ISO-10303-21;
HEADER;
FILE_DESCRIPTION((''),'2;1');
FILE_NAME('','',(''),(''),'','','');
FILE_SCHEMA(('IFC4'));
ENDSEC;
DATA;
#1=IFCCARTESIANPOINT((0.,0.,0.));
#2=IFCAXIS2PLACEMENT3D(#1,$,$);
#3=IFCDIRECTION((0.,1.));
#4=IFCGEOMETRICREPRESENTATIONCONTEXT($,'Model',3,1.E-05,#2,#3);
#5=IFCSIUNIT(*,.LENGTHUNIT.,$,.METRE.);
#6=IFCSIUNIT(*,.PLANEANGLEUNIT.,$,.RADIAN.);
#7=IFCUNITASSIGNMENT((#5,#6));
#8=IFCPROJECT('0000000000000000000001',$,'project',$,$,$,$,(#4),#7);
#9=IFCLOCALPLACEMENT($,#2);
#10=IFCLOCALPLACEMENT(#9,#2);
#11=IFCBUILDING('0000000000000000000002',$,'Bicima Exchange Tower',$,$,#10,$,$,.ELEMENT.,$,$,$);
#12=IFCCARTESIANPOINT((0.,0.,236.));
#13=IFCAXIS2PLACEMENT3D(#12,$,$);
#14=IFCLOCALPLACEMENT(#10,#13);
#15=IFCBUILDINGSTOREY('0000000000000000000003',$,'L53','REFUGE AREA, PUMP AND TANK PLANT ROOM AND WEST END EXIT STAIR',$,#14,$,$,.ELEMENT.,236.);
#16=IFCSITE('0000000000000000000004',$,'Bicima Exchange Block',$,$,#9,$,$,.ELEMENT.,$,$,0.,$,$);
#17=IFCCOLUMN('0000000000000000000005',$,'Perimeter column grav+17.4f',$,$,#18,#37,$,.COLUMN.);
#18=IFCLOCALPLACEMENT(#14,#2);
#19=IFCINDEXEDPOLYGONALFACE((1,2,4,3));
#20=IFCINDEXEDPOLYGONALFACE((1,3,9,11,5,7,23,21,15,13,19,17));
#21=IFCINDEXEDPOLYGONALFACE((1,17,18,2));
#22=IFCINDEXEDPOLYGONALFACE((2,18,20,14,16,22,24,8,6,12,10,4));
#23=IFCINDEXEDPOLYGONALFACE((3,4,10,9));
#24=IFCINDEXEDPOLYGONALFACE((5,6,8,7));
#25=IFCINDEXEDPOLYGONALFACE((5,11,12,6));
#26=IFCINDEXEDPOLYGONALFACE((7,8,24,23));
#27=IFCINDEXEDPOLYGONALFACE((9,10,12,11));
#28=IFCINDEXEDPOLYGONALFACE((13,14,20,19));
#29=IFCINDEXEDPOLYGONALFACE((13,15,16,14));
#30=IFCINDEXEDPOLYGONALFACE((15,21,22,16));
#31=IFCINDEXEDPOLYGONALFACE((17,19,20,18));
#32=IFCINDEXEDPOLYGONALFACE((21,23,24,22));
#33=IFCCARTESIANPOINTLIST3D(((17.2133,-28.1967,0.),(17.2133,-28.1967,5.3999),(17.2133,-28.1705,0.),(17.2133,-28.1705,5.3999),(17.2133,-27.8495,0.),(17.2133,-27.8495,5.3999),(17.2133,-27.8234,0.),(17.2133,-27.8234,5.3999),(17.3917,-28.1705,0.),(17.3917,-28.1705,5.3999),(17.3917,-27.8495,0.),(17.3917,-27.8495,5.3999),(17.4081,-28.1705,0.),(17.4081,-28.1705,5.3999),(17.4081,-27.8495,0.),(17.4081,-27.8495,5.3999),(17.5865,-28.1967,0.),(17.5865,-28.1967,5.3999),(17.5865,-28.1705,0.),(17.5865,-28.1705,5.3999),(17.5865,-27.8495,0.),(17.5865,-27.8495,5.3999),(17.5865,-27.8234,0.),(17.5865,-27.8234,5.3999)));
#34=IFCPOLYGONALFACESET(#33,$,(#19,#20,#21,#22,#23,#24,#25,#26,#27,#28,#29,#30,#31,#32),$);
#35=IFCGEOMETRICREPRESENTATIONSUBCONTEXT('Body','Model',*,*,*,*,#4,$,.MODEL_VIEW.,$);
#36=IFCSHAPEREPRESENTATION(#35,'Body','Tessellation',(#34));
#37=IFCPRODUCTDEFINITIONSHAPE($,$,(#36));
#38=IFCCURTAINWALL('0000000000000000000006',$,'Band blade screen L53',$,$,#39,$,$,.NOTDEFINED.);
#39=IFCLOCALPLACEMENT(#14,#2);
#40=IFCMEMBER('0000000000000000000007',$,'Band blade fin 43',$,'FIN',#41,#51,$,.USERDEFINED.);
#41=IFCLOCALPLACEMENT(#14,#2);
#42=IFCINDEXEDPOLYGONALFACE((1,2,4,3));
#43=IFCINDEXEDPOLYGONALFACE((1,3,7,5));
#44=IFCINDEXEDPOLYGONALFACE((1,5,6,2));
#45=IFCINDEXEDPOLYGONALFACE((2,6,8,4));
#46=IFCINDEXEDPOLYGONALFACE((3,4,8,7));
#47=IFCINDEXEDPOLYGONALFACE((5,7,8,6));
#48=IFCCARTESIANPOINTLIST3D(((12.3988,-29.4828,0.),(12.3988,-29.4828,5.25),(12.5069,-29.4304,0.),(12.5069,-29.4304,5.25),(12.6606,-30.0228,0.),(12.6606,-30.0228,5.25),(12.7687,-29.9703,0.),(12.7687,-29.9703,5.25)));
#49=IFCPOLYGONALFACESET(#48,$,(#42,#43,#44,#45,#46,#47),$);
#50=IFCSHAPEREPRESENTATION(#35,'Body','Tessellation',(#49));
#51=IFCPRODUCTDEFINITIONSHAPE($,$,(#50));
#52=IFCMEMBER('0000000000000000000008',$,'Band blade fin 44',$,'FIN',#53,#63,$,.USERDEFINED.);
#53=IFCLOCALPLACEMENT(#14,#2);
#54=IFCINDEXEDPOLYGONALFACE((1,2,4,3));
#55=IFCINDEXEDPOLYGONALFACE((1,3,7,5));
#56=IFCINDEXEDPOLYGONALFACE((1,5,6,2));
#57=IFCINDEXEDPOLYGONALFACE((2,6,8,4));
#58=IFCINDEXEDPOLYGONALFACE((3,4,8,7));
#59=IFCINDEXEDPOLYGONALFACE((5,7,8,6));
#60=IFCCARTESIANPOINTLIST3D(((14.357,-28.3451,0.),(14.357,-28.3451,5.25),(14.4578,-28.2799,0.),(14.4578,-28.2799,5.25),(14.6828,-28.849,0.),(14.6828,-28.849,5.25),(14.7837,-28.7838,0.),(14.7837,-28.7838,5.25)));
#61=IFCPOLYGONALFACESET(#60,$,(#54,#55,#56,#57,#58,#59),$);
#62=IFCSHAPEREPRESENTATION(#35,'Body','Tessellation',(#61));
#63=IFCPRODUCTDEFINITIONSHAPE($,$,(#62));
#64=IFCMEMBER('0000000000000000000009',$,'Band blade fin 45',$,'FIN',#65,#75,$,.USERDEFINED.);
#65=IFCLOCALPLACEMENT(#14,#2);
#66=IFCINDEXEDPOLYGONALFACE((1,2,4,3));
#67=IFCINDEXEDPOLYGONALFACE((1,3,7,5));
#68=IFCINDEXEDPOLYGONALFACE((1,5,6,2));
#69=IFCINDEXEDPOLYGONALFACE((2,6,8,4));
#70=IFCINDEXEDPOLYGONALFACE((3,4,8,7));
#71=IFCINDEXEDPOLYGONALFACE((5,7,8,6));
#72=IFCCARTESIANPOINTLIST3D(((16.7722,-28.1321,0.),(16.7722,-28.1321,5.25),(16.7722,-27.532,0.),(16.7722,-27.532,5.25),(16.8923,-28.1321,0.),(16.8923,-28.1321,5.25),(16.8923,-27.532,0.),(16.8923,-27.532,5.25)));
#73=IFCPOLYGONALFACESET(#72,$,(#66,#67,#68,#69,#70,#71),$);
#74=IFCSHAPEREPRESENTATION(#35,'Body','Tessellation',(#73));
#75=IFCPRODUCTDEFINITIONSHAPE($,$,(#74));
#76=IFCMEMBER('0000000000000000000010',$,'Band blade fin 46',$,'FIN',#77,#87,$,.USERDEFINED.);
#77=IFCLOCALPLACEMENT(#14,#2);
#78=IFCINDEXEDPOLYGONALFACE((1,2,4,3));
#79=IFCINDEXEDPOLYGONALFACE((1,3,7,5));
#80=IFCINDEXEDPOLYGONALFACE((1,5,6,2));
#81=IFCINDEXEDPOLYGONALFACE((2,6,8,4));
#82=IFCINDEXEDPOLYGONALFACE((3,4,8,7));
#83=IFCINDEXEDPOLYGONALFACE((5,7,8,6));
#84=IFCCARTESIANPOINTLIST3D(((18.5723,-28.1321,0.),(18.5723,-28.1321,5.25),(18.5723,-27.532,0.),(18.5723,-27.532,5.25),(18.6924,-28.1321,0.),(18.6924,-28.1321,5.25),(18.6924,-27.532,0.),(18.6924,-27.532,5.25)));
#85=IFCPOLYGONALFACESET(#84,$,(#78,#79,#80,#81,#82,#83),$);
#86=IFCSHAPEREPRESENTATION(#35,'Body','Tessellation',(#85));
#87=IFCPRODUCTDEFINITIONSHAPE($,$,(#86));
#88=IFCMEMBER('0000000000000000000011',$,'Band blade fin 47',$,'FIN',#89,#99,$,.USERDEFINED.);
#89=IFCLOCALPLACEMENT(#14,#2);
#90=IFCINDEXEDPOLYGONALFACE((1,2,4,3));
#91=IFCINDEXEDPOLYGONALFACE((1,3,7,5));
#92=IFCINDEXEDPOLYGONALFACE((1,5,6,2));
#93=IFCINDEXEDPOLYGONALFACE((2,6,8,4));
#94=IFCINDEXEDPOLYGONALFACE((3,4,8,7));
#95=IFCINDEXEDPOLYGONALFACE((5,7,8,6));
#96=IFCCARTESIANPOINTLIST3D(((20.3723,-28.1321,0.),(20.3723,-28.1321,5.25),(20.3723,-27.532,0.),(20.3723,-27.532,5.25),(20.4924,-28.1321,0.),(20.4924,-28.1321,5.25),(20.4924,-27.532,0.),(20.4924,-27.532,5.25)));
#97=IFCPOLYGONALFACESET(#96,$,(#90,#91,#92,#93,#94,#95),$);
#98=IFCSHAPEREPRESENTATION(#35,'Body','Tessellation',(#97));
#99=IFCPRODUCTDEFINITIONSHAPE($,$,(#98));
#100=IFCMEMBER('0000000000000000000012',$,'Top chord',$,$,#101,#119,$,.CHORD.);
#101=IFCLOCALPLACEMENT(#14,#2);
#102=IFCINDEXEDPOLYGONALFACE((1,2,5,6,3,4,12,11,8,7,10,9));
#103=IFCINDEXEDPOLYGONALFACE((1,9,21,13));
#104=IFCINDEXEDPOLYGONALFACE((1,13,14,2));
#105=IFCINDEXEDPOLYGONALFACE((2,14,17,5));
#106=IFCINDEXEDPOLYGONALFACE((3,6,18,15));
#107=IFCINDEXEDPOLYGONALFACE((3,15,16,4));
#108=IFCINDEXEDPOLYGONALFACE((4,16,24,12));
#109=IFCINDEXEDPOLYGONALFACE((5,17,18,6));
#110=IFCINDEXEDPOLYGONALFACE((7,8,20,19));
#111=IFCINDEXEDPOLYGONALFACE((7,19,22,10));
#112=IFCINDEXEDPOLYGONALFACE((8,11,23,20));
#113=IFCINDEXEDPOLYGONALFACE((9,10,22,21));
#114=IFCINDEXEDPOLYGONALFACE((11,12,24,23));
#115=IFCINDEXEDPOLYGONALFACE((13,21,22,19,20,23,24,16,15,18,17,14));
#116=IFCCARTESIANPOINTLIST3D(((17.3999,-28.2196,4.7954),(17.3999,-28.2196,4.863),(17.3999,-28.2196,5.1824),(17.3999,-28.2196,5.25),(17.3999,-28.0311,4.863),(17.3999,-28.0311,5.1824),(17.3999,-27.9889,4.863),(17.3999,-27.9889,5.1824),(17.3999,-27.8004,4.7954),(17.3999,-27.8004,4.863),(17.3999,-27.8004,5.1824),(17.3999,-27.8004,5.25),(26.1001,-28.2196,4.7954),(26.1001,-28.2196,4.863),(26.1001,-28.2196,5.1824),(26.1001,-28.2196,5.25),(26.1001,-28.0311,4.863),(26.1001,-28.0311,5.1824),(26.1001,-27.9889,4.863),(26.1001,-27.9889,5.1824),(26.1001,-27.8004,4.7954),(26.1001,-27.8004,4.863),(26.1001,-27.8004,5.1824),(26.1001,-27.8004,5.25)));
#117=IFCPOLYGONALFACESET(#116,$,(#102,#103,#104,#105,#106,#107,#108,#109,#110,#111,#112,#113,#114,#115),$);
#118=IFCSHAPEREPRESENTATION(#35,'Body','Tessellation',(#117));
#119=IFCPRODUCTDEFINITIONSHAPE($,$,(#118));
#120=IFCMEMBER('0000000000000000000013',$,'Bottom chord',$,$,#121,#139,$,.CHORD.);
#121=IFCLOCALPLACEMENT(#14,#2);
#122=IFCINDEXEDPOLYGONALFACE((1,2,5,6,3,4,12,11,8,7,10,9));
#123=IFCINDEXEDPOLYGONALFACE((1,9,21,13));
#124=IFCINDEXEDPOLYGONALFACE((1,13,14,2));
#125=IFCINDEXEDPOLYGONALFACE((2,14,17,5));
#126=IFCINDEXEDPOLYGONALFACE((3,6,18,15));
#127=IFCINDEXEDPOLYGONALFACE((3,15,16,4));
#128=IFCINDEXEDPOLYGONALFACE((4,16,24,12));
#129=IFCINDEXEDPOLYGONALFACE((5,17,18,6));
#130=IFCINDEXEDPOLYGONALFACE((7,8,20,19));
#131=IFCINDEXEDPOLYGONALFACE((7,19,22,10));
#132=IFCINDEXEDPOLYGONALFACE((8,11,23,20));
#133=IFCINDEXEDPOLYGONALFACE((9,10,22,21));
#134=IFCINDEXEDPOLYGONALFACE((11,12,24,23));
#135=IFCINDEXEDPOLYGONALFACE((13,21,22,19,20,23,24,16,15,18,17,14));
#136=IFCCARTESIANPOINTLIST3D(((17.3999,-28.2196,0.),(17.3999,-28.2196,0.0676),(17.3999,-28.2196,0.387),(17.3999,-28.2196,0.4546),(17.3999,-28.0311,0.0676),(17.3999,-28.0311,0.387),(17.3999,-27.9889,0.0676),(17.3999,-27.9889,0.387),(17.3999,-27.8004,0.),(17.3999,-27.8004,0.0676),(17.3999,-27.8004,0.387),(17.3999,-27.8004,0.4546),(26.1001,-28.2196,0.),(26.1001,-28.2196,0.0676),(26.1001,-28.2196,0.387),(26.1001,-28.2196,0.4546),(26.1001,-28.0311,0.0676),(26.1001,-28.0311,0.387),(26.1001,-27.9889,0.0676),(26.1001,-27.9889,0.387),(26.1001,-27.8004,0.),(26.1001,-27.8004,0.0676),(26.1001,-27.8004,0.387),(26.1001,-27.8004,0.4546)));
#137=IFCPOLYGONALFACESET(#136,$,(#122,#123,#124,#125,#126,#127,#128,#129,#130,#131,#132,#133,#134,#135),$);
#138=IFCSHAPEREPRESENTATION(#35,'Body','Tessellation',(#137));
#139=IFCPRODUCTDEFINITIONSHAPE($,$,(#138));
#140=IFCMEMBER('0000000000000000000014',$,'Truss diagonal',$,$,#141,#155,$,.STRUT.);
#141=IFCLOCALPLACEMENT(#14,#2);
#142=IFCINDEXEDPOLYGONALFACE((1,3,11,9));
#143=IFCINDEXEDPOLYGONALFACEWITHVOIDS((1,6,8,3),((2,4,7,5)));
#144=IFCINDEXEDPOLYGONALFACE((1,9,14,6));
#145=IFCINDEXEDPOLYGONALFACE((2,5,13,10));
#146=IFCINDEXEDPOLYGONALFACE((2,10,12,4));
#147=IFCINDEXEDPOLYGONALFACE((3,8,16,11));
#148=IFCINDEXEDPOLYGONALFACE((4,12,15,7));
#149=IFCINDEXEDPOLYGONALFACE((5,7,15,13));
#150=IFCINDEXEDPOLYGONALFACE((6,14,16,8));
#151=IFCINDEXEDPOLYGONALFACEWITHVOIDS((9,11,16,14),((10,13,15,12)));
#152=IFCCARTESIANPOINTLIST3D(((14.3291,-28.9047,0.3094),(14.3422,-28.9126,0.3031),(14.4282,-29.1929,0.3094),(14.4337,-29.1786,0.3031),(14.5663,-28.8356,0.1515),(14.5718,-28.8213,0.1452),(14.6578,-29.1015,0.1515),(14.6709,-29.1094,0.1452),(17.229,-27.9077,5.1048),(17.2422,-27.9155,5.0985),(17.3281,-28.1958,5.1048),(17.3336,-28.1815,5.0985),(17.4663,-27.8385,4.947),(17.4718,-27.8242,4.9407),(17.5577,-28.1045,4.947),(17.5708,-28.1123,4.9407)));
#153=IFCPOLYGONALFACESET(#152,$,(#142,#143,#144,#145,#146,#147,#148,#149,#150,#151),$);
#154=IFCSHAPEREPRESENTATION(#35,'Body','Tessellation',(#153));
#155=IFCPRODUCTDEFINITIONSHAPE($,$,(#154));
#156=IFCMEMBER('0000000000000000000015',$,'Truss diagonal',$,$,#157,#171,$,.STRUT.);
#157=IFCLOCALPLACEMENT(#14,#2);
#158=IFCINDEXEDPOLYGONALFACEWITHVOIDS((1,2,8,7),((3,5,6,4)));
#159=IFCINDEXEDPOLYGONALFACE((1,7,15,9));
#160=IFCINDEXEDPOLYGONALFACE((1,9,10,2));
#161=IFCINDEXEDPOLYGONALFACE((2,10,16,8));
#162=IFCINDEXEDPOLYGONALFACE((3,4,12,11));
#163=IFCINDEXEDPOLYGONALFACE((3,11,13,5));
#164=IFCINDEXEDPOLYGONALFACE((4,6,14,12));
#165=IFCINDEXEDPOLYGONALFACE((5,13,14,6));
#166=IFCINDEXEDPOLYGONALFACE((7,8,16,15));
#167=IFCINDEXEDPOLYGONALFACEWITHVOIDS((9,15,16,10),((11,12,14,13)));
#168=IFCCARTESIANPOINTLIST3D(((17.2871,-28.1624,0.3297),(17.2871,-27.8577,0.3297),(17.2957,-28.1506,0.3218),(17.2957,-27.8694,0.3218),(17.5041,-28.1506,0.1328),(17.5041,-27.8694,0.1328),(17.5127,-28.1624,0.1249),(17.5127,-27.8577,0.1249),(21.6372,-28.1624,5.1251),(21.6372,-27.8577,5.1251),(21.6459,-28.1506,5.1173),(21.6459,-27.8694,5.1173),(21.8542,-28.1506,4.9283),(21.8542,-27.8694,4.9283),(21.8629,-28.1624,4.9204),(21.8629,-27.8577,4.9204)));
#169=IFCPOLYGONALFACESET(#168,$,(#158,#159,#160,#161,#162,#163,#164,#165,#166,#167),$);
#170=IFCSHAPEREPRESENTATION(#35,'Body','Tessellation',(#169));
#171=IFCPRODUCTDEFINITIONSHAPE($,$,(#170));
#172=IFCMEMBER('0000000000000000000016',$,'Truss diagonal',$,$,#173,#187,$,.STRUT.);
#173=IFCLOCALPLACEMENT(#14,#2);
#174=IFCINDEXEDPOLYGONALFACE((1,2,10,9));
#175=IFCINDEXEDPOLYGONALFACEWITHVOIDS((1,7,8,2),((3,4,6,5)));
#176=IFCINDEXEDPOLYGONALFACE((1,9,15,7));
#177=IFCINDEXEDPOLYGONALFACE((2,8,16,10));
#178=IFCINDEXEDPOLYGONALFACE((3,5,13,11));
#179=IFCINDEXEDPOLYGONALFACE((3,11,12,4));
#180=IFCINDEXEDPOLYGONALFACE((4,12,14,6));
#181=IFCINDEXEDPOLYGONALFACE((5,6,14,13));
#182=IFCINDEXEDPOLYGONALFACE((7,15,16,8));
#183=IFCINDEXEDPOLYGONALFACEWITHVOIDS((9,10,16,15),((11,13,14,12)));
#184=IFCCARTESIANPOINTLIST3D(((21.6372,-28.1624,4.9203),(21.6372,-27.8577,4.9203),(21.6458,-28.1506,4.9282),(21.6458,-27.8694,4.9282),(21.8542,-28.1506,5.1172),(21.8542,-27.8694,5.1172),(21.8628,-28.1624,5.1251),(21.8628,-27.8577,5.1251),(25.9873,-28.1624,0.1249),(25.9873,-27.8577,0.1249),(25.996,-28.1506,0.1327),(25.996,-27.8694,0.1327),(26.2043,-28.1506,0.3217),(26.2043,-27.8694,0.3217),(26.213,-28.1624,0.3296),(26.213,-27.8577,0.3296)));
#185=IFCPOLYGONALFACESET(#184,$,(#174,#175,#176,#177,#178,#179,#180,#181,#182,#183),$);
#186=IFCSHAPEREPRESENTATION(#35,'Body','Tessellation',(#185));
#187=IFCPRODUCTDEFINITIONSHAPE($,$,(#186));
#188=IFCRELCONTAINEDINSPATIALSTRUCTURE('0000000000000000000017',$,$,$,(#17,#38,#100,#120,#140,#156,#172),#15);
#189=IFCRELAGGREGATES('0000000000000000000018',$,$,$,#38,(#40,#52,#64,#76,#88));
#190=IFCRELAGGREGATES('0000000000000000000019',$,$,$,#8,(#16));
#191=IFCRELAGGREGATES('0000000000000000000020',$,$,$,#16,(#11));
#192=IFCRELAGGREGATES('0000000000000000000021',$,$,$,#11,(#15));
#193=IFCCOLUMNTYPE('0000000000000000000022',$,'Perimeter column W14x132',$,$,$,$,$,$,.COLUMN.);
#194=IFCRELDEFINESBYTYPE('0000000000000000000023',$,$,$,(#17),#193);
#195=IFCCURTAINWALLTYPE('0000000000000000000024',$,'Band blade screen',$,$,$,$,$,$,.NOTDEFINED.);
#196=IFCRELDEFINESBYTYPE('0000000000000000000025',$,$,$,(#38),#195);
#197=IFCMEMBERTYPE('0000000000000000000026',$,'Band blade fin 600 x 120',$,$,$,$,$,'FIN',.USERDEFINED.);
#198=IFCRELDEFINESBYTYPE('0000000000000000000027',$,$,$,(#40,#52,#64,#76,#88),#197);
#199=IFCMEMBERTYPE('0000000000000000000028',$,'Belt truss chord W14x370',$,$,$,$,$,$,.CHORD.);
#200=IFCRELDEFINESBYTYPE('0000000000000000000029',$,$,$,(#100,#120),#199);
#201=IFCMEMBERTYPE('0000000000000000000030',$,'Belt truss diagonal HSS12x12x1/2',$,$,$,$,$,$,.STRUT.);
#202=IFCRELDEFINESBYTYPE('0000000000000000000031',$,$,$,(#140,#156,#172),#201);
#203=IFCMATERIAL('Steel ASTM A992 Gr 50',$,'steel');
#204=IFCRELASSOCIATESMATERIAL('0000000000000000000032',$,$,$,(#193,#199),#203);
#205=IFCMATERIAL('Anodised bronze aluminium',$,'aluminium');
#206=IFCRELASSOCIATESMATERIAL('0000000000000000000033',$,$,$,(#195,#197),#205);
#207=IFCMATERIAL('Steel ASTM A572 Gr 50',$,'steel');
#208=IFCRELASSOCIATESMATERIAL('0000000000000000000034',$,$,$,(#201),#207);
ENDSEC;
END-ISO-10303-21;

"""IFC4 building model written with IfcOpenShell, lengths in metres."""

from ifc_helpers import new_model, si_unit, direction, frame, origin, origin_2d, place, context, subcontext, project, spatial, rectangle, hollow_rectangle, i_section, extrude, material, material_profile, profile_set, type_object, element, aggregate, save


model = new_model("IFC4")

# Units and contexts
model_context = context("Model", 3, precision=1e-05, world=origin(), true_north=direction((0.0, 1.0)))
body_context = subcontext(model_context, "Body", "Model", "MODEL_VIEW")
ifc_project = project(units=[si_unit("LENGTHUNIT", "METRE"), si_unit("PLANEANGLEUNIT", "RADIAN")], contexts=[model_context])

# Site, building, storey
site_placement = place(None, origin())
site = spatial("IfcSite", under=ifc_project, at=site_placement, Name="Bicima Exchange Block", CompositionType="ELEMENT", RefElevation=0.0)
building_placement = place(site_placement, origin())
building = spatial("IfcBuilding", under=site, at=building_placement, Name="Bicima Exchange Tower", CompositionType="ELEMENT")
storey_placement = place(building_placement, frame((0.0, 0.0, 236.0)))
storey = spatial("IfcBuildingStorey", under=building, at=storey_placement, Name="L53", Description="REFUGE AREA, PUMP AND TANK PLANT ROOM AND WEST END EXIT STAIR", CompositionType="ELEMENT", Elevation=236.0)

# Column
ifc_material_1 = material(Name="Steel ASTM A992 Gr 50", Category="steel")
ifc_material_profile_1 = material_profile(ifc_material_1, i_section(OverallWidth=0.3733, OverallDepth=0.3733, WebThickness=0.0164, FlangeThickness=0.0261, at=origin_2d()))
ifc_profile_set_1 = profile_set([ifc_material_profile_1], Name="Steel ASTM A992 Gr 50")
column_type = type_object("IfcColumnType", Name="Perimeter column W14x132", PredefinedType="COLUMN", material=ifc_profile_set_1)
column_placement = place(storey_placement, frame((17.3999, -28.01, 0.0), z_axis=(0.0, 0.0, 1.0), x_axis=(1.0, 0.0, 0.0)))
element("IfcColumn", 1, at=column_placement, inside=storey, type_object=column_type, Name="Perimeter column grav+17.4f", PredefinedType="COLUMN", context=body_context, shape_type="SweptSolid", body=[
    extrude(i_section(OverallWidth=0.3733, OverallDepth=0.3733, WebThickness=0.0164, FlangeThickness=0.0261, at=origin_2d()), origin(), (0.0, 0.0, 1.0), 5.3999),
])

# Curtain wall, members
ifc_material_2 = material(Name="Anodised bronze aluminium", Category="aluminium")
curtain_wall_type = type_object("IfcCurtainWallType", Name="Band blade screen", PredefinedType="NOTDEFINED", material=ifc_material_2)
curtain_wall_placement = place(storey_placement, origin())
curtain_wall = element("IfcCurtainWall", 2, at=curtain_wall_placement, inside=storey, type_object=curtain_wall_type, Name="Band blade screen L53", PredefinedType="NOTDEFINED")
ifc_material_profile_2 = material_profile(ifc_material_2, rectangle(XDim=0.6001, YDim=0.1201, at=origin_2d()))
ifc_profile_set_2 = profile_set([ifc_material_profile_2], Name="Anodised bronze aluminium")
member_type_1 = type_object("IfcMemberType", Name="Band blade fin 600 x 120", ElementType="FIN", PredefinedType="USERDEFINED", material=ifc_profile_set_2)
member_1_placement = place(storey_placement, frame((12.5837, -29.7266, 0.0), z_axis=(0.0, 0.0, 1.0), x_axis=(-0.436287, 0.899808, 0.0)))
member_1 = element("IfcMember", 3, at=member_1_placement, type_object=member_type_1, Name="Band blade fin 43", ObjectType="FIN", PredefinedType="USERDEFINED", context=body_context, shape_type="SweptSolid", body=[
    extrude(rectangle(XDim=0.6001, YDim=0.1201, at=origin_2d()), origin(), (0.0, 0.0, 1.0), 5.25),
])
member_2_placement = place(storey_placement, frame((14.5703, -28.5645, 0.0), z_axis=(0.0, 0.0, 1.0), x_axis=(-0.542917, 0.839787, 0.0)))
member_2 = element("IfcMember", 4, at=member_2_placement, type_object=member_type_1, Name="Band blade fin 44", ObjectType="FIN", PredefinedType="USERDEFINED", context=body_context, shape_type="SweptSolid", body=[
    extrude(rectangle(XDim=0.6001, YDim=0.1201, at=origin_2d()), origin(), (0.0, 0.0, 1.0), 5.25),
])
member_3_placement = place(storey_placement, frame((16.8323, -27.832, 0.0), z_axis=(0.0, 0.0, 1.0), x_axis=(0.0, 1.0, 0.0)))
member_3 = element("IfcMember", 5, at=member_3_placement, type_object=member_type_1, Name="Band blade fin 45", ObjectType="FIN", PredefinedType="USERDEFINED", context=body_context, shape_type="SweptSolid", body=[
    extrude(rectangle(XDim=0.6001, YDim=0.1201, at=origin_2d()), origin(), (0.0, 0.0, 1.0), 5.25),
])
member_4_placement = place(storey_placement, frame((18.6323, -27.832, 0.0), z_axis=(0.0, 0.0, 1.0), x_axis=(0.0, 1.0, 0.0)))
member_4 = element("IfcMember", 6, at=member_4_placement, type_object=member_type_1, Name="Band blade fin 46", ObjectType="FIN", PredefinedType="USERDEFINED", context=body_context, shape_type="SweptSolid", body=[
    extrude(rectangle(XDim=0.6001, YDim=0.1201, at=origin_2d()), origin(), (0.0, 0.0, 1.0), 5.25),
])
member_5_placement = place(storey_placement, frame((20.4324, -27.832, 0.0), z_axis=(0.0, 0.0, 1.0), x_axis=(0.0, 1.0, 0.0)))
member_5 = element("IfcMember", 7, at=member_5_placement, type_object=member_type_1, Name="Band blade fin 47", ObjectType="FIN", PredefinedType="USERDEFINED", context=body_context, shape_type="SweptSolid", body=[
    extrude(rectangle(XDim=0.6001, YDim=0.1201, at=origin_2d()), origin(), (0.0, 0.0, 1.0), 5.25),
])
aggregate(curtain_wall, [member_1, member_2, member_3, member_4, member_5])

# Members
ifc_material_profile_3 = material_profile(ifc_material_1, i_section(OverallWidth=0.4192, OverallDepth=0.4546, WebThickness=0.0422, FlangeThickness=0.0676, at=origin_2d()))
ifc_profile_set_3 = profile_set([ifc_material_profile_3], Name="Steel ASTM A992 Gr 50")
member_type_2 = type_object("IfcMemberType", Name="Belt truss chord W14x370", PredefinedType="CHORD", material=ifc_profile_set_3)
for number, where, z_axis, x_axis, name in (
    (8, (17.3999, -28.01, 5.0227), (1.0, 0.0, 0.0), (0.0, 1.0, 0.0), "Top chord"),
    (9, (17.3999, -28.01, 0.2273), (1.0, 0.0, 0.0), (0.0, 1.0, 0.0), "Bottom chord"),
):
    element("IfcMember", number, at=place(storey_placement, frame(where, z_axis=z_axis, x_axis=x_axis)), inside=storey, type_object=member_type_2, Name=name, PredefinedType="CHORD", context=body_context, shape_type="SweptSolid", body=[
        extrude(i_section(OverallWidth=0.4192, OverallDepth=0.4546, WebThickness=0.0422, FlangeThickness=0.0676, at=origin_2d()), origin(), (0.0, 0.0, 1.0), 8.7002),
    ])
ifc_material_3 = material(Name="Steel ASTM A572 Gr 50", Category="steel")
ifc_material_profile_4 = material_profile(ifc_material_3, hollow_rectangle(XDim=0.3047, YDim=0.3047, WallThickness=0.0117, at=origin_2d()))
ifc_profile_set_4 = profile_set([ifc_material_profile_4], Name="Steel ASTM A572 Gr 50")
member_type_3 = type_object("IfcMemberType", Name="Belt truss diagonal HSS12x12x1/2", PredefinedType="STRUT", material=ifc_profile_set_4)
member_6_placement = place(storey_placement, frame((14.5, -29.0071, 0.2273), z_axis=(0.509465, 0.175169, 0.842474), x_axis=(-0.325147, 0.945664, 0.0)))
element("IfcMember", 10, at=member_6_placement, inside=storey, type_object=member_type_3, Name="Truss diagonal", PredefinedType="STRUT", context=body_context, shape_type="SweptSolid", body=[
    extrude(hollow_rectangle(XDim=0.3047, YDim=0.3047, WallThickness=0.0117, at=origin_2d()), origin(), (0.0, 0.0, 1.0), 5.6921),
])
for number, where, z_axis, x_axis, name in (
    (11, (17.3999, -28.01, 0.2273), (0.67188, 0.0, 0.74066), (0.0, 1.0, 0.0), "Truss diagonal"),
    (12, (21.75, -28.01, 5.0227), (0.67188, 0.0, -0.74066), (0.0, 1.0, 0.0), "Truss diagonal"),
):
    element("IfcMember", number, at=place(storey_placement, frame(where, z_axis=z_axis, x_axis=x_axis)), inside=storey, type_object=member_type_3, Name=name, PredefinedType="STRUT", context=body_context, shape_type="SweptSolid", body=[
        extrude(hollow_rectangle(XDim=0.3047, YDim=0.3047, WallThickness=0.0117, at=origin_2d()), origin(), (0.0, 0.0, 1.0), 6.4746),
    ])

save(model, "model.ifc")
